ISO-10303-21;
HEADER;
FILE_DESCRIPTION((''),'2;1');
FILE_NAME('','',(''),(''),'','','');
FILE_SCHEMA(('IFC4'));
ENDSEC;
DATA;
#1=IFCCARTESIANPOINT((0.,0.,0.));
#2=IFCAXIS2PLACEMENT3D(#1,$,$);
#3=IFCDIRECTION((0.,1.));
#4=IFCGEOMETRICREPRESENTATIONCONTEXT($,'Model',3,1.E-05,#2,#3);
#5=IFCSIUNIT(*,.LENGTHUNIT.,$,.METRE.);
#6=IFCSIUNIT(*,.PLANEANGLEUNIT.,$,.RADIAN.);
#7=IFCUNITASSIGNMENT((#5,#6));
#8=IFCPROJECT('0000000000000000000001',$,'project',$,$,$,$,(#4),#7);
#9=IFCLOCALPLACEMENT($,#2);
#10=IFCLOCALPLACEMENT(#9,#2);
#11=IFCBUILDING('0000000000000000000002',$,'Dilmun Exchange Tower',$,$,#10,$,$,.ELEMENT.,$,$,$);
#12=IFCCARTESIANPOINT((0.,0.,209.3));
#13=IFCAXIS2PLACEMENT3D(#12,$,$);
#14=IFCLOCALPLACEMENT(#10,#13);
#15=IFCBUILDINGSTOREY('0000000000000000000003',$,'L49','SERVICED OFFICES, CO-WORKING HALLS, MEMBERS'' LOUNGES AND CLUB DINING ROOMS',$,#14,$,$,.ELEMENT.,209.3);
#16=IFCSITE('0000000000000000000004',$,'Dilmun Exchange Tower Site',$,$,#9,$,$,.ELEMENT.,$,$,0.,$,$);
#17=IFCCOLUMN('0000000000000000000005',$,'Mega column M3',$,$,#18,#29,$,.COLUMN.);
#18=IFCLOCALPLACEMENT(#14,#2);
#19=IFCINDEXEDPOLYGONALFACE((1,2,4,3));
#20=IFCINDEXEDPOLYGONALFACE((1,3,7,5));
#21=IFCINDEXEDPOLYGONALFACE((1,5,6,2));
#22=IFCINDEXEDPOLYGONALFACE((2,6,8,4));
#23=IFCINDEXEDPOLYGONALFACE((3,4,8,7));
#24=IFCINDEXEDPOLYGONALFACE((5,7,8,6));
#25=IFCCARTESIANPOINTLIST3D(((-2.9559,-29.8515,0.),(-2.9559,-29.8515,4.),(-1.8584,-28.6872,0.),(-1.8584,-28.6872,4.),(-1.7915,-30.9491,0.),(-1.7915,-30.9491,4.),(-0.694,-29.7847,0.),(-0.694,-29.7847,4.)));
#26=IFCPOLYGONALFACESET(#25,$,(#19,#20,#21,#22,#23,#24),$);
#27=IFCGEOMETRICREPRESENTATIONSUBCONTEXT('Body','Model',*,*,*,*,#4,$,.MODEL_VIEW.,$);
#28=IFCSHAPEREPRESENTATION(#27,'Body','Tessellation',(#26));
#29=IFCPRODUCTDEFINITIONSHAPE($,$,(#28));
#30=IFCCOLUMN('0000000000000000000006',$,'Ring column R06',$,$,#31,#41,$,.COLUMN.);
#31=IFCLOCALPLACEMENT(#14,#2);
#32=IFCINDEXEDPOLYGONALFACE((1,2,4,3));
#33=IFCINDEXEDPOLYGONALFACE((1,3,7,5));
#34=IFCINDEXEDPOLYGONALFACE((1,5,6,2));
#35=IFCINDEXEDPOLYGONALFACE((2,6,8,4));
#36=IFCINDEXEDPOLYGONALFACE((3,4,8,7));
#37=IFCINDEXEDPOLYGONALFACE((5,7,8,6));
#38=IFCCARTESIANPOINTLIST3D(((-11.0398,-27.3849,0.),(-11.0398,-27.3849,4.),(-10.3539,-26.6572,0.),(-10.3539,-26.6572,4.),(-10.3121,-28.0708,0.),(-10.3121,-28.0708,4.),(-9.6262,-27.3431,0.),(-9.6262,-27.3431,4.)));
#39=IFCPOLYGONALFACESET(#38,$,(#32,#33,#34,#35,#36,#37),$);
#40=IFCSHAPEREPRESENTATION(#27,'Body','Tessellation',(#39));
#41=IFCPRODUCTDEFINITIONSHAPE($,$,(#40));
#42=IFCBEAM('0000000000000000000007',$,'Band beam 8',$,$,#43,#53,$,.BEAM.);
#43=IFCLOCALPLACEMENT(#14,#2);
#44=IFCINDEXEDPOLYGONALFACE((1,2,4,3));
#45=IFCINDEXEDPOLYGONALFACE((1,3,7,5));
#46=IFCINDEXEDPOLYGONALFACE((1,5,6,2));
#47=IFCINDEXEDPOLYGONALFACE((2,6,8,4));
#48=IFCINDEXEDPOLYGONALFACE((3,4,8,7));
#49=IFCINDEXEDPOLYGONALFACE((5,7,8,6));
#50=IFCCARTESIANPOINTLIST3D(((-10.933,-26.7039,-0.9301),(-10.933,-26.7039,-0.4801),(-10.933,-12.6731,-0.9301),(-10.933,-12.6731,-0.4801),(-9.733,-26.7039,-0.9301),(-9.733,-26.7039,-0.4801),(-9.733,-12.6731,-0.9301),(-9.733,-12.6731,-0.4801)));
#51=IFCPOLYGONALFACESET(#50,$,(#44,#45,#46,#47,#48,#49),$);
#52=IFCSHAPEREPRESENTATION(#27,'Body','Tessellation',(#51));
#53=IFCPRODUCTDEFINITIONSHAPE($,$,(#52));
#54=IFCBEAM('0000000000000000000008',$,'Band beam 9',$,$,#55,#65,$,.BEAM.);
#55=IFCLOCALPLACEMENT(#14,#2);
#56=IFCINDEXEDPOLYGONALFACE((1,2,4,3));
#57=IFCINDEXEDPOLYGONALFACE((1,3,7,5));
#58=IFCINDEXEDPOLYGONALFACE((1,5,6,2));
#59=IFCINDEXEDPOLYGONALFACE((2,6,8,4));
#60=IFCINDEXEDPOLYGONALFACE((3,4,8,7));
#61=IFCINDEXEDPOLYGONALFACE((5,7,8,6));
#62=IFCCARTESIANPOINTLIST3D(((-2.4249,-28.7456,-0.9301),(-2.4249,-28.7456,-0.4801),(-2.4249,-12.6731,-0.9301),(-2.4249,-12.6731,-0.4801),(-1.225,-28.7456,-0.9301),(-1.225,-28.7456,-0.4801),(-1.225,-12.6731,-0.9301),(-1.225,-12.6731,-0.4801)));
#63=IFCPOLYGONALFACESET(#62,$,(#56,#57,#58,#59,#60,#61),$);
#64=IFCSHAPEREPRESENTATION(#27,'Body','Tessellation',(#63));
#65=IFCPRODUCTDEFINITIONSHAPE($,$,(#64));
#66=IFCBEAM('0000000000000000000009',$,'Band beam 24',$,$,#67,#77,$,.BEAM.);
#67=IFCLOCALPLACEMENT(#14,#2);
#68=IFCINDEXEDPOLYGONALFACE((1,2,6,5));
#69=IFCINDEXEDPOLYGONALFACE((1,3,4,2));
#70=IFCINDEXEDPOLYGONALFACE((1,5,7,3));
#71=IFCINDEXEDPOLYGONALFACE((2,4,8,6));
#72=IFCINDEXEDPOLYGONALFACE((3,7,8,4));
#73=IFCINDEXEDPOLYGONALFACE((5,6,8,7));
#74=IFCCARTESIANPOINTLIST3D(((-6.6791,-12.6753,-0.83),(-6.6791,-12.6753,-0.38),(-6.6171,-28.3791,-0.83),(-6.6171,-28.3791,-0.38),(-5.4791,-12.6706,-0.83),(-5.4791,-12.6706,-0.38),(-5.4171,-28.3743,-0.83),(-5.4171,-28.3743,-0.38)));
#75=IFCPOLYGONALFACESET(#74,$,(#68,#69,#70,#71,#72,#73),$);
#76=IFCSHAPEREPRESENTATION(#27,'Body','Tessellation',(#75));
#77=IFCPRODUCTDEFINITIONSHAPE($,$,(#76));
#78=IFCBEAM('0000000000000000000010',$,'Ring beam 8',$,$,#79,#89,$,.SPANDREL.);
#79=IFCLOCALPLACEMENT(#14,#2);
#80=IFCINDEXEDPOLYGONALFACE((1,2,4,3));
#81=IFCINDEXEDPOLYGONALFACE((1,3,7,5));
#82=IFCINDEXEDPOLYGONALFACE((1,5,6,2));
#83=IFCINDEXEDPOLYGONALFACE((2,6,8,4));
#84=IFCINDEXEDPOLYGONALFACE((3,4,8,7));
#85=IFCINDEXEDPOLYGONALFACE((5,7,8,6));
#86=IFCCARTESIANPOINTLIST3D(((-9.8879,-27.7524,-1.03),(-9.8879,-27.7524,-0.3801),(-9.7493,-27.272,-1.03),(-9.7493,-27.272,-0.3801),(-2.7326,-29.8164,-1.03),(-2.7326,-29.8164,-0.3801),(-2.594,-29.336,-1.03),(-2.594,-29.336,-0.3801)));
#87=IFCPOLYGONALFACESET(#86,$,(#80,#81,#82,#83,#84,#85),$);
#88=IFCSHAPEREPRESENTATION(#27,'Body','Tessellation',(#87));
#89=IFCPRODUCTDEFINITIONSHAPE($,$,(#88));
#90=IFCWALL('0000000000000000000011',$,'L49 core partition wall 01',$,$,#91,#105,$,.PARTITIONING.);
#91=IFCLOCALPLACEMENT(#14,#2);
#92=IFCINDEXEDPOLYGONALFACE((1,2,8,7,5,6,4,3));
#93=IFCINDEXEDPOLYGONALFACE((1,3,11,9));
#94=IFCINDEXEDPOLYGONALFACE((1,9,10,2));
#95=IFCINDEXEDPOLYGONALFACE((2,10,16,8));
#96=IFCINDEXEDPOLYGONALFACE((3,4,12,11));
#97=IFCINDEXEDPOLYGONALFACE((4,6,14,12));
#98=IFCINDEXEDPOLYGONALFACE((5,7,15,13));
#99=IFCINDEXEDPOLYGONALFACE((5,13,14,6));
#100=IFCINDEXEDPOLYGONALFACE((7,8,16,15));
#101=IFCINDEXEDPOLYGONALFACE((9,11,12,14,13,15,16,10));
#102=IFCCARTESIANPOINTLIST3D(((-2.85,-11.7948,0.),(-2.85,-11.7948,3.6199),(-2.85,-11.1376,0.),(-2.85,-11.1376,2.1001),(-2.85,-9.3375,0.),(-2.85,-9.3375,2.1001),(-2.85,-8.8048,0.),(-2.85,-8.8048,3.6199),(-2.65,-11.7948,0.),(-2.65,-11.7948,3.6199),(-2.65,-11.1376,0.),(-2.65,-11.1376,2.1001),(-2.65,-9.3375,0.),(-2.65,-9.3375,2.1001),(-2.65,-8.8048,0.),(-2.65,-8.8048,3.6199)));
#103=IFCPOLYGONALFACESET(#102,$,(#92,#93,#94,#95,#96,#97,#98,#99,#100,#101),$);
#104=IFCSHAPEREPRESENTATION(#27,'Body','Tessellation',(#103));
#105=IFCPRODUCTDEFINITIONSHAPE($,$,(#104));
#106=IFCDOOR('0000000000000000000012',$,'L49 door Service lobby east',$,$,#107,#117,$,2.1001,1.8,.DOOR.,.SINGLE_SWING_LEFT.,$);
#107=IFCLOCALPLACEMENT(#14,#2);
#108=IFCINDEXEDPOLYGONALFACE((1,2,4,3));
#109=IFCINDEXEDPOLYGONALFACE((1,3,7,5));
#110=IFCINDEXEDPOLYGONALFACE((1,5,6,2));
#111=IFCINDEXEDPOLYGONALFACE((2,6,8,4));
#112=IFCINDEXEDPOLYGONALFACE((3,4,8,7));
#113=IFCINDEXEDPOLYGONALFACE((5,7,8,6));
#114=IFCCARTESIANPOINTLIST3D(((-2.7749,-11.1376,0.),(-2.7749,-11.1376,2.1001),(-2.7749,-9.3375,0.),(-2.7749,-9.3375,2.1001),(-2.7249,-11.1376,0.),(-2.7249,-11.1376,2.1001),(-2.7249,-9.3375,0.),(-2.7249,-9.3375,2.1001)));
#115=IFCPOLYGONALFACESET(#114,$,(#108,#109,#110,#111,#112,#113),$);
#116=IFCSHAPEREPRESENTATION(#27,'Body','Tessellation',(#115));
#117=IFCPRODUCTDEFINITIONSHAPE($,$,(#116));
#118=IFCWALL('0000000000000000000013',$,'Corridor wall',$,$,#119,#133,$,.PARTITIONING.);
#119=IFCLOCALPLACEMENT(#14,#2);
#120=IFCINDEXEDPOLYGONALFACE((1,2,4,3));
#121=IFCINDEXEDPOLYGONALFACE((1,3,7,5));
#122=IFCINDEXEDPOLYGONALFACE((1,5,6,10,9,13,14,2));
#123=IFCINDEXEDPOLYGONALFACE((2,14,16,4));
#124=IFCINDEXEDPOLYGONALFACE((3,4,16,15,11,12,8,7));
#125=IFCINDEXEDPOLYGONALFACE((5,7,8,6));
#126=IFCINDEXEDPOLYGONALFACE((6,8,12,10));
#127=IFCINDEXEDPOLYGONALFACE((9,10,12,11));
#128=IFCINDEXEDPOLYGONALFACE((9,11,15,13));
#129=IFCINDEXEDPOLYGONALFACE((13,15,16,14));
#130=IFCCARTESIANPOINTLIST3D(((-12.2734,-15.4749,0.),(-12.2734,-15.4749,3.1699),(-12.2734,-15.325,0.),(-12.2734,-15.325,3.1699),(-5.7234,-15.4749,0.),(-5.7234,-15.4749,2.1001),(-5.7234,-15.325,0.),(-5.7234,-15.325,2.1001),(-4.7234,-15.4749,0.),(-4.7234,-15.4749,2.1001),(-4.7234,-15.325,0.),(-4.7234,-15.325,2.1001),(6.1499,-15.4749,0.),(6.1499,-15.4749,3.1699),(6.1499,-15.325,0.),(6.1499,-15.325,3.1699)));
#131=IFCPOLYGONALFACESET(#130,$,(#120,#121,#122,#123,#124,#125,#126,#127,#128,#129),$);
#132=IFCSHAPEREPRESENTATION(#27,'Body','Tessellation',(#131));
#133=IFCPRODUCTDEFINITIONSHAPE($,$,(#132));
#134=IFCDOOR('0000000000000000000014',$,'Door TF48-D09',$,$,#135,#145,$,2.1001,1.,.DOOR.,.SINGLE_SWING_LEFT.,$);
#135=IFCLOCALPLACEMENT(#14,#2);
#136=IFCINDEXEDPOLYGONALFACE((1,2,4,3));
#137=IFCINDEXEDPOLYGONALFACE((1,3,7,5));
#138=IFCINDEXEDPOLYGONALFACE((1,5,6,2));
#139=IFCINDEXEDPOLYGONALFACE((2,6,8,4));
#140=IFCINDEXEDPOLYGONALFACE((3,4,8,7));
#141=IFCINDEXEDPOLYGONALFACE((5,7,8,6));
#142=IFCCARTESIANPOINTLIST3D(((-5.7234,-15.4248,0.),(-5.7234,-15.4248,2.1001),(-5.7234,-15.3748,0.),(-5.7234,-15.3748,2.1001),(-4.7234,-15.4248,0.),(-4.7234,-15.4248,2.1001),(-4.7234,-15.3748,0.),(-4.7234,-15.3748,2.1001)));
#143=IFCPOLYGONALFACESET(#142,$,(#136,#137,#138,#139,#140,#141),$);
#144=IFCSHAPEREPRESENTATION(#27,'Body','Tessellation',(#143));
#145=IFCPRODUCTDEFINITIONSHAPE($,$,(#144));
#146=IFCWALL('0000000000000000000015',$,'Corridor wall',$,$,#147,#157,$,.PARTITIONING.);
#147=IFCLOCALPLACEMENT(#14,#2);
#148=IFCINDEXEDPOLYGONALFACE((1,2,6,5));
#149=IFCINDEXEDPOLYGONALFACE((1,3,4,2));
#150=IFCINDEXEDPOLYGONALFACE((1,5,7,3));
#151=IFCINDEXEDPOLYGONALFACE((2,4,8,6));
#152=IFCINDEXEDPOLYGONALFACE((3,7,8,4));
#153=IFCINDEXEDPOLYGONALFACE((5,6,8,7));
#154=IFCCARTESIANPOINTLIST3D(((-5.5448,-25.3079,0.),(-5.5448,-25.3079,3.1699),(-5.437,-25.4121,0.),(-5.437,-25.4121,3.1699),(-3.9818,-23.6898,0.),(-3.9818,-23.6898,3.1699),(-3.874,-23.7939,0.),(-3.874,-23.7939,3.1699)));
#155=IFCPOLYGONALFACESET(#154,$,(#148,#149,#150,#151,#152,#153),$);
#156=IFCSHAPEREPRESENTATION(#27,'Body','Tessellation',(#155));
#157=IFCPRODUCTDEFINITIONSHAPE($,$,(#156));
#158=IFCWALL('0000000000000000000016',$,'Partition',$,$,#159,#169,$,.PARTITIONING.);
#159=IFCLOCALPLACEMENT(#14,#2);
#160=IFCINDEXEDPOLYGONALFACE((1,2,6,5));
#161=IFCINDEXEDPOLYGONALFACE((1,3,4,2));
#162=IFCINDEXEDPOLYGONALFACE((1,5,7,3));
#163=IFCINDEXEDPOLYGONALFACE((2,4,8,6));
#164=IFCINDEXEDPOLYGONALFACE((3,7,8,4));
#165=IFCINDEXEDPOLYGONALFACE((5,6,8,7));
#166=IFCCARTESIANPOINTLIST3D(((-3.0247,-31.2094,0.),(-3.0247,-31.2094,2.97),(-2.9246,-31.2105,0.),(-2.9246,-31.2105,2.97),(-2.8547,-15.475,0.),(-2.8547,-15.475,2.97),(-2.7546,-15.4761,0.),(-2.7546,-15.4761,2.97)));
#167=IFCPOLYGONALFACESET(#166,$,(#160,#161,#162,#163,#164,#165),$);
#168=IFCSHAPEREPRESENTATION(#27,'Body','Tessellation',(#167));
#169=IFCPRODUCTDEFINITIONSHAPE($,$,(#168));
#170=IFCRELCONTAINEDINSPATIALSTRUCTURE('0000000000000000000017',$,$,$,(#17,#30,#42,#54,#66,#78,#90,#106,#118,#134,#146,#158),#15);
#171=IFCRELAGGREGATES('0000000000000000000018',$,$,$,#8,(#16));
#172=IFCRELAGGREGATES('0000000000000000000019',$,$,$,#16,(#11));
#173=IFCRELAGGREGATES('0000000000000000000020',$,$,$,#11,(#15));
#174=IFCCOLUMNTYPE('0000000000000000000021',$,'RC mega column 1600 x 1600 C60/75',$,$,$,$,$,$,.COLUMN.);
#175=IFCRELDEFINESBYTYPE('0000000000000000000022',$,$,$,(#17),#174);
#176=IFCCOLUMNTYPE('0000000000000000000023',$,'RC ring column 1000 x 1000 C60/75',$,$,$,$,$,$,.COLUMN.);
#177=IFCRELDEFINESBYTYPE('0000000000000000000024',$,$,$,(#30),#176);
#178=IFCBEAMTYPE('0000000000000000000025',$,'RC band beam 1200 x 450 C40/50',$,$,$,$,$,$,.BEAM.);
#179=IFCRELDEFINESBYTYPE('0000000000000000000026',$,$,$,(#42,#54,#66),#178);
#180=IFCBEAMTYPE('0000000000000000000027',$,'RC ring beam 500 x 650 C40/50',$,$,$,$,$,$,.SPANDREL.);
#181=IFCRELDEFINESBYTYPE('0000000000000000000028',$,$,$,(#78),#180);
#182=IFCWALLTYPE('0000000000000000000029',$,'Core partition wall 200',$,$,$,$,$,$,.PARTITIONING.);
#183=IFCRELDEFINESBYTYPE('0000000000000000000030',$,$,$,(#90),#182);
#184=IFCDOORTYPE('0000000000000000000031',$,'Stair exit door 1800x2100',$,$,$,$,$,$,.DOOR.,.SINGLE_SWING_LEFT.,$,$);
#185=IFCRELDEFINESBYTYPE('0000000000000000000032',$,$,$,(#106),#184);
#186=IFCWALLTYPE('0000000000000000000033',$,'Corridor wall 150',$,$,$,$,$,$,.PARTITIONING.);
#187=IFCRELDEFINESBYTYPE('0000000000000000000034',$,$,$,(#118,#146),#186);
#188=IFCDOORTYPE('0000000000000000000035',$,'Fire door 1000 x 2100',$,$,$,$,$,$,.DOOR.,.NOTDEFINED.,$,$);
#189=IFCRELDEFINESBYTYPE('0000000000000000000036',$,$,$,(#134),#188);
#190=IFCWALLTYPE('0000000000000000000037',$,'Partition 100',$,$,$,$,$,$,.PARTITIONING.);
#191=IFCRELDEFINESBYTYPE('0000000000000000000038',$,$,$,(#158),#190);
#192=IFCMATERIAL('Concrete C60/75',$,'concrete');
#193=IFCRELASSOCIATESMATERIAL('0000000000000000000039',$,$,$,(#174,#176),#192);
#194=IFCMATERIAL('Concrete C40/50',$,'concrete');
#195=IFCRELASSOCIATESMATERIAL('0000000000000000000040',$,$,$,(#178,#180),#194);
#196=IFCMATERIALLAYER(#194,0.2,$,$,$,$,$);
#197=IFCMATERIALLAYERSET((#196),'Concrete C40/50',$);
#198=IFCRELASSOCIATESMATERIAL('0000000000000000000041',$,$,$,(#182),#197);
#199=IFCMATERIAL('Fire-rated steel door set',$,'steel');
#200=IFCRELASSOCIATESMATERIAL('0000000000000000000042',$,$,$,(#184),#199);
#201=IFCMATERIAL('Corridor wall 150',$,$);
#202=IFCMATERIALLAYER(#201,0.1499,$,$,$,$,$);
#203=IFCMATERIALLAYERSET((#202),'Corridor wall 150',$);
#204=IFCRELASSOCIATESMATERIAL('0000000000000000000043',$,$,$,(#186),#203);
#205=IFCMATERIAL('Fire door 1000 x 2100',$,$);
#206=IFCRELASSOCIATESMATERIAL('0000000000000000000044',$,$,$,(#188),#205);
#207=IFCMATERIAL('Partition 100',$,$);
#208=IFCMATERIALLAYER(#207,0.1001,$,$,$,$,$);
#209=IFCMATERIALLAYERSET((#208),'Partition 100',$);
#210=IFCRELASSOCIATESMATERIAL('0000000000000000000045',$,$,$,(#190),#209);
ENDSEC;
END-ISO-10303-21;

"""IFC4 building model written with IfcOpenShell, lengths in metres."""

from ifc_helpers import new_model, si_unit, direction, frame, frame_2d, origin, origin_2d, place, context, subcontext, project, spatial, rectangle, extrude, material, layer, layer_set, material_profile, profile_set, type_object, element, fill, save


model = new_model("IFC4")

# Units and contexts
model_context = context("Model", 3, precision=1e-05, world=origin(), true_north=direction((0.0, 1.0)))
body_context = subcontext(model_context, "Body", "Model", "MODEL_VIEW")
ifc_project = project(units=[si_unit("LENGTHUNIT", "METRE"), si_unit("PLANEANGLEUNIT", "RADIAN")], contexts=[model_context])

# Site, building, storey
site_placement = place(None, origin())
site = spatial("IfcSite", under=ifc_project, at=site_placement, Name="Dilmun Exchange Tower Site", CompositionType="ELEMENT", RefElevation=0.0)
building_placement = place(site_placement, origin())
building = spatial("IfcBuilding", under=site, at=building_placement, Name="Dilmun Exchange Tower", CompositionType="ELEMENT")
storey_placement = place(building_placement, frame((0.0, 0.0, 209.3)))
storey = spatial("IfcBuildingStorey", under=building, at=storey_placement, Name="L49", Description="SERVICED OFFICES, CO-WORKING HALLS, MEMBERS' LOUNGES AND CLUB DINING ROOMS", CompositionType="ELEMENT", Elevation=209.3)

# Columns
ifc_material_1 = material(Name="Concrete C60/75", Category="concrete")
ifc_material_profile_1 = material_profile(ifc_material_1, rectangle(XDim=1.6001, YDim=1.6001, at=origin_2d()), Name="1600 x 1600")
ifc_profile_set_1 = profile_set([ifc_material_profile_1], Name="Concrete C60/75")
column_type_1 = type_object("IfcColumnType", Name="RC mega column 1600 x 1600 C60/75", PredefinedType="COLUMN", material=ifc_profile_set_1)
column_1_placement = place(storey_placement, frame((-1.825, -29.8181, 0.0), z_axis=(0.0, 0.0, 1.0), x_axis=(0.685916, 0.727681, 0.0)))
element("IfcColumn", 1, at=column_1_placement, inside=storey, type_object=column_type_1, Name="Mega column M3", PredefinedType="COLUMN", context=body_context, shape_type="SweptSolid", body=[
    extrude(rectangle(XDim=1.6001, YDim=1.6001, at=origin_2d()), origin(), (0.0, 0.0, 1.0), 4.0),
])
ifc_material_profile_2 = material_profile(ifc_material_1, rectangle(XDim=1.0, YDim=1.0, at=origin_2d()), Name="1000 x 1000")
ifc_profile_set_2 = profile_set([ifc_material_profile_2], Name="Concrete C60/75")
column_type_2 = type_object("IfcColumnType", Name="RC ring column 1000 x 1000 C60/75", PredefinedType="COLUMN", material=ifc_profile_set_2)
column_2_placement = place(storey_placement, frame((-10.333, -27.364, 0.0), z_axis=(0.0, 0.0, 1.0), x_axis=(0.685916, 0.727681, 0.0)))
element("IfcColumn", 2, at=column_2_placement, inside=storey, type_object=column_type_2, Name="Ring column R06", PredefinedType="COLUMN", context=body_context, shape_type="SweptSolid", body=[
    extrude(rectangle(XDim=1.0, YDim=1.0, at=origin_2d()), origin(), (0.0, 0.0, 1.0), 4.0),
])

# Beams
ifc_material_2 = material(Name="Concrete C40/50", Category="concrete")
ifc_material_profile_3 = material_profile(ifc_material_2, rectangle(XDim=1.2, YDim=0.45, at=origin_2d()), Name="1200 x 450")
ifc_profile_set_3 = profile_set([ifc_material_profile_3], Name="Concrete C40/50")
beam_type_1 = type_object("IfcBeamType", Name="RC band beam 1200 x 450 C40/50", PredefinedType="BEAM", material=ifc_profile_set_3)
beam_1_placement = place(storey_placement, frame((-10.333, -26.7039, -0.7051), z_axis=(0.0, 1.0, 0.0), x_axis=(-1.0, 0.0, 0.0)))
element("IfcBeam", 3, at=beam_1_placement, inside=storey, type_object=beam_type_1, Name="Band beam 8", PredefinedType="BEAM", context=body_context, shape_type="SweptSolid", body=[
    extrude(rectangle(XDim=1.2, YDim=0.45, at=origin_2d()), origin(), (0.0, 0.0, 1.0), 14.0308),
])
beam_2_placement = place(storey_placement, frame((-1.825, -28.7456, -0.7051), z_axis=(0.0, 1.0, 0.0), x_axis=(-1.0, 0.0, 0.0)))
element("IfcBeam", 4, at=beam_2_placement, inside=storey, type_object=beam_type_1, Name="Band beam 9", PredefinedType="BEAM", context=body_context, shape_type="SweptSolid", body=[
    extrude(rectangle(XDim=1.2, YDim=0.45, at=origin_2d()), origin(), (0.0, 0.0, 1.0), 16.0725),
])
beam_3_placement = place(storey_placement, frame((-6.0171, -28.3767, -0.605), z_axis=(-0.003949, 0.999992, 0.0), x_axis=(-0.999992, -0.003949, 0.0)))
element("IfcBeam", 5, at=beam_3_placement, inside=storey, type_object=beam_type_1, Name="Band beam 24", PredefinedType="BEAM", context=body_context, shape_type="SweptSolid", body=[
    extrude(rectangle(XDim=1.2, YDim=0.45, at=origin_2d()), origin(), (0.0, 0.0, 1.0), 15.7039),
])
ifc_material_profile_4 = material_profile(ifc_material_2, rectangle(XDim=0.5, YDim=0.6499, at=origin_2d()), Name="500 x 650")
ifc_profile_set_4 = profile_set([ifc_material_profile_4], Name="Concrete C40/50")
beam_type_2 = type_object("IfcBeamType", Name="RC ring beam 500 x 650 C40/50", PredefinedType="SPANDREL", material=ifc_profile_set_4)
beam_4_placement = place(storey_placement, frame((-9.8186, -27.5122, -0.7051), z_axis=(0.960826, -0.277154, 0.0), x_axis=(0.277154, 0.960826, 0.0)))
element("IfcBeam", 6, at=beam_4_placement, inside=storey, type_object=beam_type_2, Name="Ring beam 8", PredefinedType="SPANDREL", context=body_context, shape_type="SweptSolid", body=[
    extrude(rectangle(XDim=0.5, YDim=0.6499, at=origin_2d()), origin(), (0.0, 0.0, 1.0), 7.447),
])

# Walls, openings, doors
ifc_layer_1 = layer(ifc_material_2, 0.2)
ifc_layer_set_1 = layer_set([ifc_layer_1], Name="Concrete C40/50")
wall_type_1 = type_object("IfcWallType", Name="Core partition wall 200", PredefinedType="PARTITIONING", material=ifc_layer_set_1)
wall_1_placement = place(storey_placement, frame((-2.75, -11.7949, 0.0), z_axis=(0.0, 0.0, 1.0), x_axis=(0.0, 1.0, 0.0)))
wall_1 = element("IfcWall", 7, at=wall_1_placement, inside=storey, type_object=wall_type_1, Name="L49 core partition wall 01", PredefinedType="PARTITIONING", context=body_context, shape_type="SweptSolid", body=[
    extrude(rectangle(XDim=2.99, YDim=0.2, at=frame_2d((1.4951, 0.0))), origin(), (0.0, 0.0, 1.0), 3.6199),
])
opening_1_placement = place(wall_1_placement, frame((0.6575, 0.0, 0.0)))
opening_1 = element("IfcOpeningElement", 8, at=opening_1_placement, cuts=wall_1, PredefinedType="OPENING", context=body_context, shape_type="SweptSolid", body=[
    extrude(rectangle(XDim=1.8, YDim=2.1001, at=frame_2d((0.8999, 1.05))), frame((0.0, 0.1099, 0.0), z_axis=(0.0, -1.0, 0.0), x_axis=(1.0, 0.0, 0.0)), (0.0, 0.0, 1.0), 0.22),
])
ifc_material_3 = material(Name="Fire-rated steel door set", Category="steel")
door_type_1 = type_object("IfcDoorType", Name="Stair exit door 1800x2100", OperationType="SINGLE_SWING_LEFT", PredefinedType="DOOR", material=ifc_material_3)
door_1_placement = place(opening_1_placement, origin())
door_1 = element("IfcDoor", 9, at=door_1_placement, inside=storey, type_object=door_type_1, Name="L49 door Service lobby east", OperationType="SINGLE_SWING_LEFT", OverallHeight=2.1001, OverallWidth=1.8, PredefinedType="DOOR", context=body_context, shape_type="SweptSolid", body=[
    extrude(rectangle(XDim=1.8, YDim=2.1001, at=frame_2d((0.8999, 1.05))), frame((0.0, 0.0249, 0.0), z_axis=(0.0, -1.0, 0.0), x_axis=(1.0, 0.0, 0.0)), (0.0, 0.0, 1.0), 0.05),
])
fill(opening_1, door_1)
ifc_material_4 = material(Name="Corridor wall 150")
ifc_layer_2 = layer(ifc_material_4, 0.1499)
ifc_layer_set_2 = layer_set([ifc_layer_2], Name="Corridor wall 150")
wall_type_2 = type_object("IfcWallType", Name="Corridor wall 150", PredefinedType="PARTITIONING", material=ifc_layer_set_2)
wall_2_placement = place(storey_placement, frame((-12.2734, -15.3999, 0.0), z_axis=(0.0, 0.0, 1.0), x_axis=(1.0, 0.0, 0.0)))
wall_2 = element("IfcWall", 10, at=wall_2_placement, inside=storey, type_object=wall_type_2, Name="Corridor wall", PredefinedType="PARTITIONING", context=body_context, shape_type="SweptSolid", body=[
    extrude(rectangle(XDim=18.4233, YDim=0.1499, at=frame_2d((9.2117, 0.0))), origin(), (0.0, 0.0, 1.0), 3.1699),
])
opening_2_placement = place(wall_2_placement, frame((6.55, 0.0, 0.0)))
opening_2 = element("IfcOpeningElement", 11, at=opening_2_placement, cuts=wall_2, PredefinedType="OPENING", context=body_context, shape_type="SweptSolid", body=[
    extrude(rectangle(XDim=1.0, YDim=2.1001, at=frame_2d((0.5, 1.05))), frame((0.0, 0.085, 0.0), z_axis=(0.0, -1.0, 0.0), x_axis=(1.0, 0.0, 0.0)), (0.0, 0.0, 1.0), 0.1699),
])
ifc_material_5 = material(Name="Fire door 1000 x 2100")
door_type_2 = type_object("IfcDoorType", Name="Fire door 1000 x 2100", OperationType="NOTDEFINED", PredefinedType="DOOR", material=ifc_material_5)
door_2_placement = place(opening_2_placement, frame((1.0, 0.0, 0.0), z_axis=(0.0, 0.0, 1.0), x_axis=(-1.0, 0.0, 0.0)))
door_2 = element("IfcDoor", 12, at=door_2_placement, inside=storey, type_object=door_type_2, Name="Door TF48-D09", OperationType="SINGLE_SWING_LEFT", OverallHeight=2.1001, OverallWidth=1.0, PredefinedType="DOOR", context=body_context, shape_type="SweptSolid", body=[
    extrude(rectangle(XDim=1.0, YDim=2.1001, at=frame_2d((0.5, 1.05))), frame((0.0, 0.0249, 0.0), z_axis=(0.0, -1.0, 0.0), x_axis=(1.0, 0.0, 0.0)), (0.0, 0.0, 1.0), 0.05),
])
fill(opening_2, door_2)

# Walls
wall_3_placement = place(storey_placement, frame((-5.491, -25.3601, 0.0), z_axis=(0.0, 0.0, 1.0), x_axis=(0.694738, 0.719263, 0.0)))
element("IfcWall", 13, at=wall_3_placement, inside=storey, type_object=wall_type_2, Name="Corridor wall", PredefinedType="PARTITIONING", context=body_context, shape_type="SweptSolid", body=[
    extrude(rectangle(XDim=2.2498, YDim=0.1499, at=frame_2d((1.125, 0.0))), origin(), (0.0, 0.0, 1.0), 3.1699),
])
ifc_material_6 = material(Name="Partition 100")
ifc_layer_3 = layer(ifc_material_6, 0.1001)
ifc_layer_set_3 = layer_set([ifc_layer_3], Name="Partition 100")
wall_type_3 = type_object("IfcWallType", Name="Partition 100", PredefinedType="PARTITIONING", material=ifc_layer_set_3)
wall_4_placement = place(storey_placement, frame((-2.9746, -31.21, 0.0), z_axis=(0.0, 0.0, 1.0), x_axis=(0.010799, 0.999942, 0.0)))
element("IfcWall", 14, at=wall_4_placement, inside=storey, type_object=wall_type_3, Name="Partition", PredefinedType="PARTITIONING", context=body_context, shape_type="SweptSolid", body=[
    extrude(rectangle(XDim=15.7354, YDim=0.1001, at=frame_2d((7.8677, 0.0))), origin(), (0.0, 0.0, 1.0), 2.97),
])

save(model, "model.ifc")
